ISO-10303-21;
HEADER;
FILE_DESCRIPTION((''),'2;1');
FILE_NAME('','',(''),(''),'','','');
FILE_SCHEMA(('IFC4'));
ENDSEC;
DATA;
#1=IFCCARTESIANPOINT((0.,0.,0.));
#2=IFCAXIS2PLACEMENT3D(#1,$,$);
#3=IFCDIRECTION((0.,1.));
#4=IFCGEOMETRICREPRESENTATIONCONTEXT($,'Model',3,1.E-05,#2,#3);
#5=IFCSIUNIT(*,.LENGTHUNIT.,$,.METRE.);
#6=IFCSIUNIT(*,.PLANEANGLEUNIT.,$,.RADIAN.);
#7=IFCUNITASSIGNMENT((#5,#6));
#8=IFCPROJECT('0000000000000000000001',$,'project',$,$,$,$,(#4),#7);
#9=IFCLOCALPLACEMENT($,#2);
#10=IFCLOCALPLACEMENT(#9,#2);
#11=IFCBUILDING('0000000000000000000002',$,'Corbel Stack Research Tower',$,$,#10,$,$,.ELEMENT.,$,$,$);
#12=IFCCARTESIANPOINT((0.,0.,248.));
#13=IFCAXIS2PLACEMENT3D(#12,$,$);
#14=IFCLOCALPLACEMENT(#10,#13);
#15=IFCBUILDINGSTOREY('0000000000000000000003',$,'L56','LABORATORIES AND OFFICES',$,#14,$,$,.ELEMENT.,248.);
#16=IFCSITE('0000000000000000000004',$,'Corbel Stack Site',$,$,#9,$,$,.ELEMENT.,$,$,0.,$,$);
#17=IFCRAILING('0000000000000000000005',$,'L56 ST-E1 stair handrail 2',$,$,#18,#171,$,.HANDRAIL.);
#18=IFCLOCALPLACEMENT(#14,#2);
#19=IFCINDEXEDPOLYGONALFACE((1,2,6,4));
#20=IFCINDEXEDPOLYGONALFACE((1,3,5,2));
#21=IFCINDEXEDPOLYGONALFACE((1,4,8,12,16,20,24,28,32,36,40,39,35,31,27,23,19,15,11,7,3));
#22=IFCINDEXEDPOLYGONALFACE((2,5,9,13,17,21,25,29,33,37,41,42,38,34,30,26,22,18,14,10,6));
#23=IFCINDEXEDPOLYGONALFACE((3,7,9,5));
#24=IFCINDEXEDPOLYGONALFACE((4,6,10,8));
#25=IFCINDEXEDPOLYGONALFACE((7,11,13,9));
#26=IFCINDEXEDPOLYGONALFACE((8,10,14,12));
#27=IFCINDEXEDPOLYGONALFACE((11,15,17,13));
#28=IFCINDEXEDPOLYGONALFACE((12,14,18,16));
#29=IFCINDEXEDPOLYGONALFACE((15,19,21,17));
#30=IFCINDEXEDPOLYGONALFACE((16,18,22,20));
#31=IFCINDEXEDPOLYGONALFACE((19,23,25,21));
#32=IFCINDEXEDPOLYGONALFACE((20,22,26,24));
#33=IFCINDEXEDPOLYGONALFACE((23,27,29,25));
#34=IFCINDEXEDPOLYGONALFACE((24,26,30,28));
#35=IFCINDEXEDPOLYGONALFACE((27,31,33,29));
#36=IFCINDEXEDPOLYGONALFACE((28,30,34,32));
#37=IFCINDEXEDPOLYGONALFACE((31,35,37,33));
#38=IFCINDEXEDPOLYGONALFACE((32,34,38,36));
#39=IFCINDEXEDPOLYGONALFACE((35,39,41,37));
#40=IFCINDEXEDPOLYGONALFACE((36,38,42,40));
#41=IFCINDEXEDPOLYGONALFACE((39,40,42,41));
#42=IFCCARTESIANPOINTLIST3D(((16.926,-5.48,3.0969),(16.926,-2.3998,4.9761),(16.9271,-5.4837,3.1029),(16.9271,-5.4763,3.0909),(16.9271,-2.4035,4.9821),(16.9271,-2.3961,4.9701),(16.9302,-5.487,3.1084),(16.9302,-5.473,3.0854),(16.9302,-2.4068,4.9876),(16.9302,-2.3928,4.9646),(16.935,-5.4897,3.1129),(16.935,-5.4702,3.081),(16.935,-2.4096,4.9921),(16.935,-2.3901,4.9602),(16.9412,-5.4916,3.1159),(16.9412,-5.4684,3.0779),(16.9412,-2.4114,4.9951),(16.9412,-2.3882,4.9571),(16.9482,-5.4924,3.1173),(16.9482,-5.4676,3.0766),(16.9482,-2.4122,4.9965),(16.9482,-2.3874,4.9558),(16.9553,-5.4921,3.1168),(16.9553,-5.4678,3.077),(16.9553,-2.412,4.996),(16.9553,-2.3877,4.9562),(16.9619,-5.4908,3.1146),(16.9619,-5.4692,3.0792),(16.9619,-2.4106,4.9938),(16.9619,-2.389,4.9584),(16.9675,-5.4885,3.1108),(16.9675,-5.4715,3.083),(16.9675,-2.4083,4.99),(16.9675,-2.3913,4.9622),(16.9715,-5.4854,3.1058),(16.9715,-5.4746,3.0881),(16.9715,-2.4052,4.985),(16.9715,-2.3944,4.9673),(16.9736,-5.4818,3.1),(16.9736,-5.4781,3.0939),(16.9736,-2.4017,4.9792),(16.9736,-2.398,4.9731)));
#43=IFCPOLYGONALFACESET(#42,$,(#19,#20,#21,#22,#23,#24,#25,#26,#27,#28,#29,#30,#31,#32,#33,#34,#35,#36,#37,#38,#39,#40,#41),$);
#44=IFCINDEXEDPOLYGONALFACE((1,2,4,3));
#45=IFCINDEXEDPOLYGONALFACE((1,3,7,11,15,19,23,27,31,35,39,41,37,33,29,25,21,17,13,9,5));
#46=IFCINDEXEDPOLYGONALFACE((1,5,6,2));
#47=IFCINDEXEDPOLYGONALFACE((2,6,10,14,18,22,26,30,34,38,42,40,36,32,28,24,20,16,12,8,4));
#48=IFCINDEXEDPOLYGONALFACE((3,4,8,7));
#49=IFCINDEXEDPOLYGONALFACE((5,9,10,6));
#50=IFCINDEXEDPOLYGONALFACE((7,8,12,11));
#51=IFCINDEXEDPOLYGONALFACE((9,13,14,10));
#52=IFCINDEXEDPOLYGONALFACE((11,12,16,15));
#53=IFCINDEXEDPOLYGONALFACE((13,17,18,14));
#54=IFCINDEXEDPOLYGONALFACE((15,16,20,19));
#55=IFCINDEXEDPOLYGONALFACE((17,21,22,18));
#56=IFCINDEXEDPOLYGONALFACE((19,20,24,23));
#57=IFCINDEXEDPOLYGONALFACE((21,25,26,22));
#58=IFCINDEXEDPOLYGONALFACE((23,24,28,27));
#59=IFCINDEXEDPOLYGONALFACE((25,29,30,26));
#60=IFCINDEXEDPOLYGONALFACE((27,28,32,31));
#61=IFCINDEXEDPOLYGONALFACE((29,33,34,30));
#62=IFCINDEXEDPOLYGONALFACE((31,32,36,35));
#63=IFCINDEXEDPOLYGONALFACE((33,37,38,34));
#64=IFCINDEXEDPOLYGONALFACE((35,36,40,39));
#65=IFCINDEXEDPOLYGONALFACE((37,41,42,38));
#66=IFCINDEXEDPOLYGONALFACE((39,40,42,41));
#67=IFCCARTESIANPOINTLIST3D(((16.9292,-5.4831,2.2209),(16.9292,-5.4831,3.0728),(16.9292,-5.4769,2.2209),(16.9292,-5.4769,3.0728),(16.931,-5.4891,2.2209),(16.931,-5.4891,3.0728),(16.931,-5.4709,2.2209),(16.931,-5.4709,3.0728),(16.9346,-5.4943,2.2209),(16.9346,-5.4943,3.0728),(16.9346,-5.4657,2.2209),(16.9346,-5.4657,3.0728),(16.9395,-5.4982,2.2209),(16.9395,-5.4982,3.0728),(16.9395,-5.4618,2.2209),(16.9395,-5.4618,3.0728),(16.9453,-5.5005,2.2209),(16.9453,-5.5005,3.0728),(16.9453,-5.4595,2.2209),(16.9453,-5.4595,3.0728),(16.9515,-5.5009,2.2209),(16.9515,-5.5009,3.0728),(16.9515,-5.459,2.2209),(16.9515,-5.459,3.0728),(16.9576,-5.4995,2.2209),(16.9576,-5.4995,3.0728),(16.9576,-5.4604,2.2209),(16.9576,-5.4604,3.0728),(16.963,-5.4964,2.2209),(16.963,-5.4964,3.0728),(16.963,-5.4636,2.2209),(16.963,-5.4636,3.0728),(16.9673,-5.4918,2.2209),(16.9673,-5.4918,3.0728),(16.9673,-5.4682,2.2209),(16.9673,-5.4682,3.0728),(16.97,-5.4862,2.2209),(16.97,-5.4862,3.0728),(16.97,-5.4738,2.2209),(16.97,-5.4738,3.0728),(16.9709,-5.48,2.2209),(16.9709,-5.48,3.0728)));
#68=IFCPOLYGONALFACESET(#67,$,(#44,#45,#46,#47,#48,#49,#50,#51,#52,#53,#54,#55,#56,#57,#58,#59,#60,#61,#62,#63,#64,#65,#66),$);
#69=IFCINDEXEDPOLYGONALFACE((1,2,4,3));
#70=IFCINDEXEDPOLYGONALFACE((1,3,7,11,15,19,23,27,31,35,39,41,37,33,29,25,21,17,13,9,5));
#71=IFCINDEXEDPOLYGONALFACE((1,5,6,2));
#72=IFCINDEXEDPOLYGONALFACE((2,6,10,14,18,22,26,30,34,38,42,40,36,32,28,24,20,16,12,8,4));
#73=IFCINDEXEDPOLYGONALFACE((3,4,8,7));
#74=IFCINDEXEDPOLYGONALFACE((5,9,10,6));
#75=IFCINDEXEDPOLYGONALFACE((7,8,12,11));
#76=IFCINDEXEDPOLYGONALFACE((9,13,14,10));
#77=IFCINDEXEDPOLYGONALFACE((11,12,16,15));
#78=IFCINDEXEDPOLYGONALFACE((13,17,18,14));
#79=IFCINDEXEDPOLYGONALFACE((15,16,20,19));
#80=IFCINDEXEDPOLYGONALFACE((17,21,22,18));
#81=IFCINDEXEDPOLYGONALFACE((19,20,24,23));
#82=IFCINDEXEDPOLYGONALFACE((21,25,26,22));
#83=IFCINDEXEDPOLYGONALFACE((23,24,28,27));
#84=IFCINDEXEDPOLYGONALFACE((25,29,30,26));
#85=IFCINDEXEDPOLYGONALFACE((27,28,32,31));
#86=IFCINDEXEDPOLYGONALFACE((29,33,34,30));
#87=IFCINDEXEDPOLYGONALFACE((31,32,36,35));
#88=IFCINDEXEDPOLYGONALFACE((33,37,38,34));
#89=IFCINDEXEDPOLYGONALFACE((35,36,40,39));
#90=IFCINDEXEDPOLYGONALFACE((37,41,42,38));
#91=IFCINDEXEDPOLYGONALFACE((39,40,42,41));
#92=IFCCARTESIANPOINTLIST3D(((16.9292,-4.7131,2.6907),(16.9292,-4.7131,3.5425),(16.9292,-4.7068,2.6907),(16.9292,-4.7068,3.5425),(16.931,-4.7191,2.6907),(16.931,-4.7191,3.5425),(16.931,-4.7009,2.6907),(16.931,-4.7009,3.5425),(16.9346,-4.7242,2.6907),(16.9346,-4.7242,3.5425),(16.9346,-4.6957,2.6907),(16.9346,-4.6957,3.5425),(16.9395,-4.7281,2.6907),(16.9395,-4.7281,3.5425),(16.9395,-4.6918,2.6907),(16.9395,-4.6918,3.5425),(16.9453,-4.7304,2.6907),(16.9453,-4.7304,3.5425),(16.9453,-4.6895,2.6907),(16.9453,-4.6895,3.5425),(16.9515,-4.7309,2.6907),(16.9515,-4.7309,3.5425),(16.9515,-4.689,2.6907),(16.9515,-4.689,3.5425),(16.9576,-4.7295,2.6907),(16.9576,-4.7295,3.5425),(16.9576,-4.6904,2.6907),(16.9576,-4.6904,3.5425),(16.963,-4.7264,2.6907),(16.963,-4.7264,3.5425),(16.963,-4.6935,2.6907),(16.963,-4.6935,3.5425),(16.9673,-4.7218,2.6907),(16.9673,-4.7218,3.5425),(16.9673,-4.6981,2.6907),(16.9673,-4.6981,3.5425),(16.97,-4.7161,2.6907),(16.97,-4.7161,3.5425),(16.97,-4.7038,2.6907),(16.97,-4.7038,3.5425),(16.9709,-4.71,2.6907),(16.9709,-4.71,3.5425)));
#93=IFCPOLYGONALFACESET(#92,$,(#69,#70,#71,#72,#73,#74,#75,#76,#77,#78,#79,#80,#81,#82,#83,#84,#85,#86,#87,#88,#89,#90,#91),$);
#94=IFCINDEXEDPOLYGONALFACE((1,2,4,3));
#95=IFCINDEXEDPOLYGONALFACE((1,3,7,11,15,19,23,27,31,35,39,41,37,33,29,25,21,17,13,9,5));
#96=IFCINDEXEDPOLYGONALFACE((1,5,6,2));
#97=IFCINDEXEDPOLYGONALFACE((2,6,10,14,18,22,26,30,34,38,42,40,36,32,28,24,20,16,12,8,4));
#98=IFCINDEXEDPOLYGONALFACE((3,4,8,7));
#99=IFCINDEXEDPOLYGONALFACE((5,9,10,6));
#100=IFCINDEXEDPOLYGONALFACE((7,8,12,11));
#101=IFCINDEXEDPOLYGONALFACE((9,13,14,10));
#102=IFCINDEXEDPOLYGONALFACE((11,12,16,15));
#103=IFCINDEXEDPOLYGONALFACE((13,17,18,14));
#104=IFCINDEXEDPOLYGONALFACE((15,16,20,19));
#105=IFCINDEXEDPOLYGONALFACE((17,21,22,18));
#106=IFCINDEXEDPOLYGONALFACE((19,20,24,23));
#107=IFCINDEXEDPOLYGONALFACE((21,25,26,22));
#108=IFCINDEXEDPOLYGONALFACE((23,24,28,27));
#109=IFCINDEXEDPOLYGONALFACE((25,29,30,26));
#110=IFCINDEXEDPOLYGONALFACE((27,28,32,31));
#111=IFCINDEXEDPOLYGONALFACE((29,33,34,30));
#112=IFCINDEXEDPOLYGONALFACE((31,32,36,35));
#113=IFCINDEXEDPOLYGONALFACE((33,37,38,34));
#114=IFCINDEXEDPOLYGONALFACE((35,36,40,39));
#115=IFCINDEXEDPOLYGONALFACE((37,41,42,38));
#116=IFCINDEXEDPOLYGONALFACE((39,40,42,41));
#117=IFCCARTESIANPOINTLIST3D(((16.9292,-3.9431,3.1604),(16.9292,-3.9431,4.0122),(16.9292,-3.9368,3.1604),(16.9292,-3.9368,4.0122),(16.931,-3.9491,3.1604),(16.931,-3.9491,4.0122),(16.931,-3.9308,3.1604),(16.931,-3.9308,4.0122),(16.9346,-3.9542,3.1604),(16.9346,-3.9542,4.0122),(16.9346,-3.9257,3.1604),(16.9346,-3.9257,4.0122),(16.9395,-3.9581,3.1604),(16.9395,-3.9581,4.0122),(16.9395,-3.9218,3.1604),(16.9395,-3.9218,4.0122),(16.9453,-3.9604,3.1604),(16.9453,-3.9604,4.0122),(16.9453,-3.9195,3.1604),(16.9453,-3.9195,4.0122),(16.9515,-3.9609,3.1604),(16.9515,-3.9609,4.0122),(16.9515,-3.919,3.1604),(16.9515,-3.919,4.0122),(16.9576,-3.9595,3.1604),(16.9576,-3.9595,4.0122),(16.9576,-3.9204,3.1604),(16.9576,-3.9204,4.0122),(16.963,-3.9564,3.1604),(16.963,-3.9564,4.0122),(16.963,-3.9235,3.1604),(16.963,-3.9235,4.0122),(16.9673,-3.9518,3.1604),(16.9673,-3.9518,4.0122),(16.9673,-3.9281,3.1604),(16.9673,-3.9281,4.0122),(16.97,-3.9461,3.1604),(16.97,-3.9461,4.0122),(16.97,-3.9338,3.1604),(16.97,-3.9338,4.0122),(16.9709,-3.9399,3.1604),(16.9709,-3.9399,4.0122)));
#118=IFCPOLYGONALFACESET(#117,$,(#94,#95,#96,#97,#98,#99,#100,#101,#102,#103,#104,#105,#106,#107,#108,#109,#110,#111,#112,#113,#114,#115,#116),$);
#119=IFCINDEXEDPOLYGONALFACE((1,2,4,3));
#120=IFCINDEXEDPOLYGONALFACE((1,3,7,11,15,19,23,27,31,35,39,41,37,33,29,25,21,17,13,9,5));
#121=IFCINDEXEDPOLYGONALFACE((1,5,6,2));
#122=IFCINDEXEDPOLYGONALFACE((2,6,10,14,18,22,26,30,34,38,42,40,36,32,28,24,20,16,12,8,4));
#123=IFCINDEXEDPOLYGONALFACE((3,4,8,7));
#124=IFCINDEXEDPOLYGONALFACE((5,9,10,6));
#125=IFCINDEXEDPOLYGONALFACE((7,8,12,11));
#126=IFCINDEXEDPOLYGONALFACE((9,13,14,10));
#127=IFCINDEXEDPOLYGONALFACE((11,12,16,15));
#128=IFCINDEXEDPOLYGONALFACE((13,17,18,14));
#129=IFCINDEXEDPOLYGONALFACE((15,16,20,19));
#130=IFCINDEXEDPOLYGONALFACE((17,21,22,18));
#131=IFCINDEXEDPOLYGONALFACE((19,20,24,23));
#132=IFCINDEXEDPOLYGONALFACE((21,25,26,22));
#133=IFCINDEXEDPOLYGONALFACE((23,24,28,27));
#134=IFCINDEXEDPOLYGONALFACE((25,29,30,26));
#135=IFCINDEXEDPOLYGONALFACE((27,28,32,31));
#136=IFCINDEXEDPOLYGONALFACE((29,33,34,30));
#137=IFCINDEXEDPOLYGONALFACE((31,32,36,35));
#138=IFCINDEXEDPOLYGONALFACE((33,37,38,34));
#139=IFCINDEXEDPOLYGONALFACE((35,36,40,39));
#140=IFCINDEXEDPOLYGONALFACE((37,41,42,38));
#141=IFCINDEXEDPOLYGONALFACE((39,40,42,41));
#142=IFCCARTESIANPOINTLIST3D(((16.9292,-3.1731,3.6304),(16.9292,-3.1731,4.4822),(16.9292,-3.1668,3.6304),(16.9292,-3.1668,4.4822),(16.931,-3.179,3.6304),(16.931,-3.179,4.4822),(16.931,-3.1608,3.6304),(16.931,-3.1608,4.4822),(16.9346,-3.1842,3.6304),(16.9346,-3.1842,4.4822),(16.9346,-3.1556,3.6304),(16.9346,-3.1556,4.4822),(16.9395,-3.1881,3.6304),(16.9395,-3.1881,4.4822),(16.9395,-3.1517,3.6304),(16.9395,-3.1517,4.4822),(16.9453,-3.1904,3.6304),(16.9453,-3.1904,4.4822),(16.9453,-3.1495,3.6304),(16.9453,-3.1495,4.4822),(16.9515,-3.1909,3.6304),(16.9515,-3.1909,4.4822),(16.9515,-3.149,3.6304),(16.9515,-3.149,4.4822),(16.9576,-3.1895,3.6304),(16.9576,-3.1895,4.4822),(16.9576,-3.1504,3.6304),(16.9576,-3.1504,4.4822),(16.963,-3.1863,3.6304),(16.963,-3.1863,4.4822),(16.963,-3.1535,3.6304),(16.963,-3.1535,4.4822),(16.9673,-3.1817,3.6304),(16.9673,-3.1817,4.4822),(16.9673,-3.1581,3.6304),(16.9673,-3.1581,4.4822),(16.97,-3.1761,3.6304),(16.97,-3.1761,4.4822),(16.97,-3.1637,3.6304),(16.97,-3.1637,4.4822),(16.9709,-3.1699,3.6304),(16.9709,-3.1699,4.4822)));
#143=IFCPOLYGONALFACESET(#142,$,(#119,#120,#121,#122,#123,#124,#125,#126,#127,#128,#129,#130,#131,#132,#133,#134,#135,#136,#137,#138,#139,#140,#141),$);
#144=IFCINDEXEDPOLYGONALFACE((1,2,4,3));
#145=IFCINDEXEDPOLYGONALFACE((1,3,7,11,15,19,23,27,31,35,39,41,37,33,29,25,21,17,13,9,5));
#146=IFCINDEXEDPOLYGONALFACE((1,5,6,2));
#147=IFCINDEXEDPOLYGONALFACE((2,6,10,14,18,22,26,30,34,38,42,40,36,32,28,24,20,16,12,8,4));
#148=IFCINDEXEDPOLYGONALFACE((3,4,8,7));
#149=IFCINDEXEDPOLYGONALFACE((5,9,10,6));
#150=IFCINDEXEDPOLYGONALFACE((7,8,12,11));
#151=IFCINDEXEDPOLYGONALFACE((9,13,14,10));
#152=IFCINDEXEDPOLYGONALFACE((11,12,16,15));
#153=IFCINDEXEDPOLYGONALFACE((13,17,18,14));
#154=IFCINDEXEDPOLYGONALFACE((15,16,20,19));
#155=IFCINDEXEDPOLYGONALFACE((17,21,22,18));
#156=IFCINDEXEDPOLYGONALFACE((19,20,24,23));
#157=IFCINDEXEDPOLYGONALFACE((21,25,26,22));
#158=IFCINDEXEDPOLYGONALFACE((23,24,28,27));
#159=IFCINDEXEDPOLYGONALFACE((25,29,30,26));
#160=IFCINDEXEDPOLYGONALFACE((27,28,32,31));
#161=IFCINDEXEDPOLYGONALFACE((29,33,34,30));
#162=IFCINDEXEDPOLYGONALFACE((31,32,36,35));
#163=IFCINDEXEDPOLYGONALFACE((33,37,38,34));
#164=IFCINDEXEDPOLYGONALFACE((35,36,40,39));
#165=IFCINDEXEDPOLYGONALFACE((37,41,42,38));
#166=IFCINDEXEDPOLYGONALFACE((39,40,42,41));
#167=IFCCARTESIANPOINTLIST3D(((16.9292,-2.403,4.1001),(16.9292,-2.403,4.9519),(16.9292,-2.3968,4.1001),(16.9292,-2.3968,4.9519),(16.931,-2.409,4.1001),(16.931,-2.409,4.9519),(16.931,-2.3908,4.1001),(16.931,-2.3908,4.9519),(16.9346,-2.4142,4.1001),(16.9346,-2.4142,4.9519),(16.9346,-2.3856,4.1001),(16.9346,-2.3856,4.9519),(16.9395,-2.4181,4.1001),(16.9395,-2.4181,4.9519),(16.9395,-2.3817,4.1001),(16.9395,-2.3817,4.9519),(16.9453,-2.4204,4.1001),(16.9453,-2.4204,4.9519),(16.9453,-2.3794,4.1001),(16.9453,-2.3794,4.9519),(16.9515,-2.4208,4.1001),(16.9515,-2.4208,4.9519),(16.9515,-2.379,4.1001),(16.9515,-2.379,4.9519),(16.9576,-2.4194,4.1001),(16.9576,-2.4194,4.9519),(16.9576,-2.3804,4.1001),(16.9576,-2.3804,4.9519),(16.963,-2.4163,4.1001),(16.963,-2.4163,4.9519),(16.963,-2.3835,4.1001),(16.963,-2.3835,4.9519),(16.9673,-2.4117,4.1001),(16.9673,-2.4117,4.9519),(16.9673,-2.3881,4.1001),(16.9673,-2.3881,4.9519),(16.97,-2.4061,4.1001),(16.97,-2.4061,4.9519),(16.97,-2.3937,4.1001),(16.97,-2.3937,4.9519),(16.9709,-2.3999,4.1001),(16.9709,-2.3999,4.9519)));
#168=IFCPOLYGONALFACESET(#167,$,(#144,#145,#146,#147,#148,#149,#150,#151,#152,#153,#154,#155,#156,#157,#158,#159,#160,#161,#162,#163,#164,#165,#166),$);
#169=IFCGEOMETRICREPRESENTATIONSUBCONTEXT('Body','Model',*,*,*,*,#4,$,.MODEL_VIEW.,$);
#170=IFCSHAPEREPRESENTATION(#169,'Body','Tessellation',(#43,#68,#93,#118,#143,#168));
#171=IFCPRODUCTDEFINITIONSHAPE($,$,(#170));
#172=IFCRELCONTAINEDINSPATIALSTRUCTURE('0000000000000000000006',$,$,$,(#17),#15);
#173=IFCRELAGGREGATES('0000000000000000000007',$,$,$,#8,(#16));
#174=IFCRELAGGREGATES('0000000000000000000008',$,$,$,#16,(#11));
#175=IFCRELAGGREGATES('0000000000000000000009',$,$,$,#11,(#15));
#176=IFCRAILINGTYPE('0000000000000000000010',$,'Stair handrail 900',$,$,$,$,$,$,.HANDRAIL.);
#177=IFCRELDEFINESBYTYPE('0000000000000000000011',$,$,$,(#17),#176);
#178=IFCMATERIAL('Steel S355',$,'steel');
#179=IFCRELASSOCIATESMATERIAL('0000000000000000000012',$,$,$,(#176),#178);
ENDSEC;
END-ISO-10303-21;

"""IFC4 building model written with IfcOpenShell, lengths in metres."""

from ifc_helpers import new_model, si_unit, direction, frame, origin, origin_2d, place, context, subcontext, project, spatial, circle, extrude, material, type_object, element, save


model = new_model("IFC4")

# Units and contexts
model_context = context("Model", 3, precision=1e-05, world=origin(), true_north=direction((0.0, 1.0)))
body_context = subcontext(model_context, "Body", "Model", "MODEL_VIEW")
ifc_project = project(units=[si_unit("LENGTHUNIT", "METRE"), si_unit("PLANEANGLEUNIT", "RADIAN")], contexts=[model_context])

# Site, building, storey
site_placement = place(None, origin())
site = spatial("IfcSite", under=ifc_project, at=site_placement, Name="Corbel Stack Site", CompositionType="ELEMENT", RefElevation=0.0)
building_placement = place(site_placement, origin())
building = spatial("IfcBuilding", under=site, at=building_placement, Name="Corbel Stack Research Tower", CompositionType="ELEMENT")
storey_placement = place(building_placement, frame((0.0, 0.0, 248.0)))
storey = spatial("IfcBuildingStorey", under=building, at=storey_placement, Name="L56", Description="LABORATORIES AND OFFICES", CompositionType="ELEMENT", Elevation=248.0)

# Railing
ifc_material_1 = material(Name="Steel S355", Category="steel")
railing_type_1 = type_object("IfcRailingType", Name="Stair handrail 900", PredefinedType="HANDRAIL", material=ifc_material_1)
railing_1_placement = place(storey_placement, frame((16.95, -5.48, 2.2209)))
element("IfcRailing", 1, at=railing_1_placement, inside=storey, type_object=railing_type_1, Name="L56 ST-E1 stair handrail 2", PredefinedType="HANDRAIL", context=body_context, shape_type="SweptSolid", body=[
    extrude(circle(Radius=0.0239, at=origin_2d()), frame((0.0, 0.0, 0.876), z_axis=(0.0, 0.853666, 0.52082), x_axis=(-1.0, 0.0, 0.0)), (0.0, 0.0, 1.0), 3.6082),
    extrude(circle(Radius=0.021, at=origin_2d()), origin(), (0.0, 0.0, 1.0), 0.8518),
    extrude(circle(Radius=0.021, at=origin_2d()), frame((0.0, 0.77, 0.4697)), (0.0, 0.0, 1.0), 0.8518),
    extrude(circle(Radius=0.021, at=origin_2d()), frame((0.0, 1.54, 0.9395)), (0.0, 0.0, 1.0), 0.8518),
    extrude(circle(Radius=0.021, at=origin_2d()), frame((0.0, 2.3101, 1.4094)), (0.0, 0.0, 1.0), 0.8518),
    extrude(circle(Radius=0.021, at=origin_2d()), frame((0.0, 3.0801, 1.8792)), (0.0, 0.0, 1.0), 0.8518),
])

save(model, "model.ifc")
